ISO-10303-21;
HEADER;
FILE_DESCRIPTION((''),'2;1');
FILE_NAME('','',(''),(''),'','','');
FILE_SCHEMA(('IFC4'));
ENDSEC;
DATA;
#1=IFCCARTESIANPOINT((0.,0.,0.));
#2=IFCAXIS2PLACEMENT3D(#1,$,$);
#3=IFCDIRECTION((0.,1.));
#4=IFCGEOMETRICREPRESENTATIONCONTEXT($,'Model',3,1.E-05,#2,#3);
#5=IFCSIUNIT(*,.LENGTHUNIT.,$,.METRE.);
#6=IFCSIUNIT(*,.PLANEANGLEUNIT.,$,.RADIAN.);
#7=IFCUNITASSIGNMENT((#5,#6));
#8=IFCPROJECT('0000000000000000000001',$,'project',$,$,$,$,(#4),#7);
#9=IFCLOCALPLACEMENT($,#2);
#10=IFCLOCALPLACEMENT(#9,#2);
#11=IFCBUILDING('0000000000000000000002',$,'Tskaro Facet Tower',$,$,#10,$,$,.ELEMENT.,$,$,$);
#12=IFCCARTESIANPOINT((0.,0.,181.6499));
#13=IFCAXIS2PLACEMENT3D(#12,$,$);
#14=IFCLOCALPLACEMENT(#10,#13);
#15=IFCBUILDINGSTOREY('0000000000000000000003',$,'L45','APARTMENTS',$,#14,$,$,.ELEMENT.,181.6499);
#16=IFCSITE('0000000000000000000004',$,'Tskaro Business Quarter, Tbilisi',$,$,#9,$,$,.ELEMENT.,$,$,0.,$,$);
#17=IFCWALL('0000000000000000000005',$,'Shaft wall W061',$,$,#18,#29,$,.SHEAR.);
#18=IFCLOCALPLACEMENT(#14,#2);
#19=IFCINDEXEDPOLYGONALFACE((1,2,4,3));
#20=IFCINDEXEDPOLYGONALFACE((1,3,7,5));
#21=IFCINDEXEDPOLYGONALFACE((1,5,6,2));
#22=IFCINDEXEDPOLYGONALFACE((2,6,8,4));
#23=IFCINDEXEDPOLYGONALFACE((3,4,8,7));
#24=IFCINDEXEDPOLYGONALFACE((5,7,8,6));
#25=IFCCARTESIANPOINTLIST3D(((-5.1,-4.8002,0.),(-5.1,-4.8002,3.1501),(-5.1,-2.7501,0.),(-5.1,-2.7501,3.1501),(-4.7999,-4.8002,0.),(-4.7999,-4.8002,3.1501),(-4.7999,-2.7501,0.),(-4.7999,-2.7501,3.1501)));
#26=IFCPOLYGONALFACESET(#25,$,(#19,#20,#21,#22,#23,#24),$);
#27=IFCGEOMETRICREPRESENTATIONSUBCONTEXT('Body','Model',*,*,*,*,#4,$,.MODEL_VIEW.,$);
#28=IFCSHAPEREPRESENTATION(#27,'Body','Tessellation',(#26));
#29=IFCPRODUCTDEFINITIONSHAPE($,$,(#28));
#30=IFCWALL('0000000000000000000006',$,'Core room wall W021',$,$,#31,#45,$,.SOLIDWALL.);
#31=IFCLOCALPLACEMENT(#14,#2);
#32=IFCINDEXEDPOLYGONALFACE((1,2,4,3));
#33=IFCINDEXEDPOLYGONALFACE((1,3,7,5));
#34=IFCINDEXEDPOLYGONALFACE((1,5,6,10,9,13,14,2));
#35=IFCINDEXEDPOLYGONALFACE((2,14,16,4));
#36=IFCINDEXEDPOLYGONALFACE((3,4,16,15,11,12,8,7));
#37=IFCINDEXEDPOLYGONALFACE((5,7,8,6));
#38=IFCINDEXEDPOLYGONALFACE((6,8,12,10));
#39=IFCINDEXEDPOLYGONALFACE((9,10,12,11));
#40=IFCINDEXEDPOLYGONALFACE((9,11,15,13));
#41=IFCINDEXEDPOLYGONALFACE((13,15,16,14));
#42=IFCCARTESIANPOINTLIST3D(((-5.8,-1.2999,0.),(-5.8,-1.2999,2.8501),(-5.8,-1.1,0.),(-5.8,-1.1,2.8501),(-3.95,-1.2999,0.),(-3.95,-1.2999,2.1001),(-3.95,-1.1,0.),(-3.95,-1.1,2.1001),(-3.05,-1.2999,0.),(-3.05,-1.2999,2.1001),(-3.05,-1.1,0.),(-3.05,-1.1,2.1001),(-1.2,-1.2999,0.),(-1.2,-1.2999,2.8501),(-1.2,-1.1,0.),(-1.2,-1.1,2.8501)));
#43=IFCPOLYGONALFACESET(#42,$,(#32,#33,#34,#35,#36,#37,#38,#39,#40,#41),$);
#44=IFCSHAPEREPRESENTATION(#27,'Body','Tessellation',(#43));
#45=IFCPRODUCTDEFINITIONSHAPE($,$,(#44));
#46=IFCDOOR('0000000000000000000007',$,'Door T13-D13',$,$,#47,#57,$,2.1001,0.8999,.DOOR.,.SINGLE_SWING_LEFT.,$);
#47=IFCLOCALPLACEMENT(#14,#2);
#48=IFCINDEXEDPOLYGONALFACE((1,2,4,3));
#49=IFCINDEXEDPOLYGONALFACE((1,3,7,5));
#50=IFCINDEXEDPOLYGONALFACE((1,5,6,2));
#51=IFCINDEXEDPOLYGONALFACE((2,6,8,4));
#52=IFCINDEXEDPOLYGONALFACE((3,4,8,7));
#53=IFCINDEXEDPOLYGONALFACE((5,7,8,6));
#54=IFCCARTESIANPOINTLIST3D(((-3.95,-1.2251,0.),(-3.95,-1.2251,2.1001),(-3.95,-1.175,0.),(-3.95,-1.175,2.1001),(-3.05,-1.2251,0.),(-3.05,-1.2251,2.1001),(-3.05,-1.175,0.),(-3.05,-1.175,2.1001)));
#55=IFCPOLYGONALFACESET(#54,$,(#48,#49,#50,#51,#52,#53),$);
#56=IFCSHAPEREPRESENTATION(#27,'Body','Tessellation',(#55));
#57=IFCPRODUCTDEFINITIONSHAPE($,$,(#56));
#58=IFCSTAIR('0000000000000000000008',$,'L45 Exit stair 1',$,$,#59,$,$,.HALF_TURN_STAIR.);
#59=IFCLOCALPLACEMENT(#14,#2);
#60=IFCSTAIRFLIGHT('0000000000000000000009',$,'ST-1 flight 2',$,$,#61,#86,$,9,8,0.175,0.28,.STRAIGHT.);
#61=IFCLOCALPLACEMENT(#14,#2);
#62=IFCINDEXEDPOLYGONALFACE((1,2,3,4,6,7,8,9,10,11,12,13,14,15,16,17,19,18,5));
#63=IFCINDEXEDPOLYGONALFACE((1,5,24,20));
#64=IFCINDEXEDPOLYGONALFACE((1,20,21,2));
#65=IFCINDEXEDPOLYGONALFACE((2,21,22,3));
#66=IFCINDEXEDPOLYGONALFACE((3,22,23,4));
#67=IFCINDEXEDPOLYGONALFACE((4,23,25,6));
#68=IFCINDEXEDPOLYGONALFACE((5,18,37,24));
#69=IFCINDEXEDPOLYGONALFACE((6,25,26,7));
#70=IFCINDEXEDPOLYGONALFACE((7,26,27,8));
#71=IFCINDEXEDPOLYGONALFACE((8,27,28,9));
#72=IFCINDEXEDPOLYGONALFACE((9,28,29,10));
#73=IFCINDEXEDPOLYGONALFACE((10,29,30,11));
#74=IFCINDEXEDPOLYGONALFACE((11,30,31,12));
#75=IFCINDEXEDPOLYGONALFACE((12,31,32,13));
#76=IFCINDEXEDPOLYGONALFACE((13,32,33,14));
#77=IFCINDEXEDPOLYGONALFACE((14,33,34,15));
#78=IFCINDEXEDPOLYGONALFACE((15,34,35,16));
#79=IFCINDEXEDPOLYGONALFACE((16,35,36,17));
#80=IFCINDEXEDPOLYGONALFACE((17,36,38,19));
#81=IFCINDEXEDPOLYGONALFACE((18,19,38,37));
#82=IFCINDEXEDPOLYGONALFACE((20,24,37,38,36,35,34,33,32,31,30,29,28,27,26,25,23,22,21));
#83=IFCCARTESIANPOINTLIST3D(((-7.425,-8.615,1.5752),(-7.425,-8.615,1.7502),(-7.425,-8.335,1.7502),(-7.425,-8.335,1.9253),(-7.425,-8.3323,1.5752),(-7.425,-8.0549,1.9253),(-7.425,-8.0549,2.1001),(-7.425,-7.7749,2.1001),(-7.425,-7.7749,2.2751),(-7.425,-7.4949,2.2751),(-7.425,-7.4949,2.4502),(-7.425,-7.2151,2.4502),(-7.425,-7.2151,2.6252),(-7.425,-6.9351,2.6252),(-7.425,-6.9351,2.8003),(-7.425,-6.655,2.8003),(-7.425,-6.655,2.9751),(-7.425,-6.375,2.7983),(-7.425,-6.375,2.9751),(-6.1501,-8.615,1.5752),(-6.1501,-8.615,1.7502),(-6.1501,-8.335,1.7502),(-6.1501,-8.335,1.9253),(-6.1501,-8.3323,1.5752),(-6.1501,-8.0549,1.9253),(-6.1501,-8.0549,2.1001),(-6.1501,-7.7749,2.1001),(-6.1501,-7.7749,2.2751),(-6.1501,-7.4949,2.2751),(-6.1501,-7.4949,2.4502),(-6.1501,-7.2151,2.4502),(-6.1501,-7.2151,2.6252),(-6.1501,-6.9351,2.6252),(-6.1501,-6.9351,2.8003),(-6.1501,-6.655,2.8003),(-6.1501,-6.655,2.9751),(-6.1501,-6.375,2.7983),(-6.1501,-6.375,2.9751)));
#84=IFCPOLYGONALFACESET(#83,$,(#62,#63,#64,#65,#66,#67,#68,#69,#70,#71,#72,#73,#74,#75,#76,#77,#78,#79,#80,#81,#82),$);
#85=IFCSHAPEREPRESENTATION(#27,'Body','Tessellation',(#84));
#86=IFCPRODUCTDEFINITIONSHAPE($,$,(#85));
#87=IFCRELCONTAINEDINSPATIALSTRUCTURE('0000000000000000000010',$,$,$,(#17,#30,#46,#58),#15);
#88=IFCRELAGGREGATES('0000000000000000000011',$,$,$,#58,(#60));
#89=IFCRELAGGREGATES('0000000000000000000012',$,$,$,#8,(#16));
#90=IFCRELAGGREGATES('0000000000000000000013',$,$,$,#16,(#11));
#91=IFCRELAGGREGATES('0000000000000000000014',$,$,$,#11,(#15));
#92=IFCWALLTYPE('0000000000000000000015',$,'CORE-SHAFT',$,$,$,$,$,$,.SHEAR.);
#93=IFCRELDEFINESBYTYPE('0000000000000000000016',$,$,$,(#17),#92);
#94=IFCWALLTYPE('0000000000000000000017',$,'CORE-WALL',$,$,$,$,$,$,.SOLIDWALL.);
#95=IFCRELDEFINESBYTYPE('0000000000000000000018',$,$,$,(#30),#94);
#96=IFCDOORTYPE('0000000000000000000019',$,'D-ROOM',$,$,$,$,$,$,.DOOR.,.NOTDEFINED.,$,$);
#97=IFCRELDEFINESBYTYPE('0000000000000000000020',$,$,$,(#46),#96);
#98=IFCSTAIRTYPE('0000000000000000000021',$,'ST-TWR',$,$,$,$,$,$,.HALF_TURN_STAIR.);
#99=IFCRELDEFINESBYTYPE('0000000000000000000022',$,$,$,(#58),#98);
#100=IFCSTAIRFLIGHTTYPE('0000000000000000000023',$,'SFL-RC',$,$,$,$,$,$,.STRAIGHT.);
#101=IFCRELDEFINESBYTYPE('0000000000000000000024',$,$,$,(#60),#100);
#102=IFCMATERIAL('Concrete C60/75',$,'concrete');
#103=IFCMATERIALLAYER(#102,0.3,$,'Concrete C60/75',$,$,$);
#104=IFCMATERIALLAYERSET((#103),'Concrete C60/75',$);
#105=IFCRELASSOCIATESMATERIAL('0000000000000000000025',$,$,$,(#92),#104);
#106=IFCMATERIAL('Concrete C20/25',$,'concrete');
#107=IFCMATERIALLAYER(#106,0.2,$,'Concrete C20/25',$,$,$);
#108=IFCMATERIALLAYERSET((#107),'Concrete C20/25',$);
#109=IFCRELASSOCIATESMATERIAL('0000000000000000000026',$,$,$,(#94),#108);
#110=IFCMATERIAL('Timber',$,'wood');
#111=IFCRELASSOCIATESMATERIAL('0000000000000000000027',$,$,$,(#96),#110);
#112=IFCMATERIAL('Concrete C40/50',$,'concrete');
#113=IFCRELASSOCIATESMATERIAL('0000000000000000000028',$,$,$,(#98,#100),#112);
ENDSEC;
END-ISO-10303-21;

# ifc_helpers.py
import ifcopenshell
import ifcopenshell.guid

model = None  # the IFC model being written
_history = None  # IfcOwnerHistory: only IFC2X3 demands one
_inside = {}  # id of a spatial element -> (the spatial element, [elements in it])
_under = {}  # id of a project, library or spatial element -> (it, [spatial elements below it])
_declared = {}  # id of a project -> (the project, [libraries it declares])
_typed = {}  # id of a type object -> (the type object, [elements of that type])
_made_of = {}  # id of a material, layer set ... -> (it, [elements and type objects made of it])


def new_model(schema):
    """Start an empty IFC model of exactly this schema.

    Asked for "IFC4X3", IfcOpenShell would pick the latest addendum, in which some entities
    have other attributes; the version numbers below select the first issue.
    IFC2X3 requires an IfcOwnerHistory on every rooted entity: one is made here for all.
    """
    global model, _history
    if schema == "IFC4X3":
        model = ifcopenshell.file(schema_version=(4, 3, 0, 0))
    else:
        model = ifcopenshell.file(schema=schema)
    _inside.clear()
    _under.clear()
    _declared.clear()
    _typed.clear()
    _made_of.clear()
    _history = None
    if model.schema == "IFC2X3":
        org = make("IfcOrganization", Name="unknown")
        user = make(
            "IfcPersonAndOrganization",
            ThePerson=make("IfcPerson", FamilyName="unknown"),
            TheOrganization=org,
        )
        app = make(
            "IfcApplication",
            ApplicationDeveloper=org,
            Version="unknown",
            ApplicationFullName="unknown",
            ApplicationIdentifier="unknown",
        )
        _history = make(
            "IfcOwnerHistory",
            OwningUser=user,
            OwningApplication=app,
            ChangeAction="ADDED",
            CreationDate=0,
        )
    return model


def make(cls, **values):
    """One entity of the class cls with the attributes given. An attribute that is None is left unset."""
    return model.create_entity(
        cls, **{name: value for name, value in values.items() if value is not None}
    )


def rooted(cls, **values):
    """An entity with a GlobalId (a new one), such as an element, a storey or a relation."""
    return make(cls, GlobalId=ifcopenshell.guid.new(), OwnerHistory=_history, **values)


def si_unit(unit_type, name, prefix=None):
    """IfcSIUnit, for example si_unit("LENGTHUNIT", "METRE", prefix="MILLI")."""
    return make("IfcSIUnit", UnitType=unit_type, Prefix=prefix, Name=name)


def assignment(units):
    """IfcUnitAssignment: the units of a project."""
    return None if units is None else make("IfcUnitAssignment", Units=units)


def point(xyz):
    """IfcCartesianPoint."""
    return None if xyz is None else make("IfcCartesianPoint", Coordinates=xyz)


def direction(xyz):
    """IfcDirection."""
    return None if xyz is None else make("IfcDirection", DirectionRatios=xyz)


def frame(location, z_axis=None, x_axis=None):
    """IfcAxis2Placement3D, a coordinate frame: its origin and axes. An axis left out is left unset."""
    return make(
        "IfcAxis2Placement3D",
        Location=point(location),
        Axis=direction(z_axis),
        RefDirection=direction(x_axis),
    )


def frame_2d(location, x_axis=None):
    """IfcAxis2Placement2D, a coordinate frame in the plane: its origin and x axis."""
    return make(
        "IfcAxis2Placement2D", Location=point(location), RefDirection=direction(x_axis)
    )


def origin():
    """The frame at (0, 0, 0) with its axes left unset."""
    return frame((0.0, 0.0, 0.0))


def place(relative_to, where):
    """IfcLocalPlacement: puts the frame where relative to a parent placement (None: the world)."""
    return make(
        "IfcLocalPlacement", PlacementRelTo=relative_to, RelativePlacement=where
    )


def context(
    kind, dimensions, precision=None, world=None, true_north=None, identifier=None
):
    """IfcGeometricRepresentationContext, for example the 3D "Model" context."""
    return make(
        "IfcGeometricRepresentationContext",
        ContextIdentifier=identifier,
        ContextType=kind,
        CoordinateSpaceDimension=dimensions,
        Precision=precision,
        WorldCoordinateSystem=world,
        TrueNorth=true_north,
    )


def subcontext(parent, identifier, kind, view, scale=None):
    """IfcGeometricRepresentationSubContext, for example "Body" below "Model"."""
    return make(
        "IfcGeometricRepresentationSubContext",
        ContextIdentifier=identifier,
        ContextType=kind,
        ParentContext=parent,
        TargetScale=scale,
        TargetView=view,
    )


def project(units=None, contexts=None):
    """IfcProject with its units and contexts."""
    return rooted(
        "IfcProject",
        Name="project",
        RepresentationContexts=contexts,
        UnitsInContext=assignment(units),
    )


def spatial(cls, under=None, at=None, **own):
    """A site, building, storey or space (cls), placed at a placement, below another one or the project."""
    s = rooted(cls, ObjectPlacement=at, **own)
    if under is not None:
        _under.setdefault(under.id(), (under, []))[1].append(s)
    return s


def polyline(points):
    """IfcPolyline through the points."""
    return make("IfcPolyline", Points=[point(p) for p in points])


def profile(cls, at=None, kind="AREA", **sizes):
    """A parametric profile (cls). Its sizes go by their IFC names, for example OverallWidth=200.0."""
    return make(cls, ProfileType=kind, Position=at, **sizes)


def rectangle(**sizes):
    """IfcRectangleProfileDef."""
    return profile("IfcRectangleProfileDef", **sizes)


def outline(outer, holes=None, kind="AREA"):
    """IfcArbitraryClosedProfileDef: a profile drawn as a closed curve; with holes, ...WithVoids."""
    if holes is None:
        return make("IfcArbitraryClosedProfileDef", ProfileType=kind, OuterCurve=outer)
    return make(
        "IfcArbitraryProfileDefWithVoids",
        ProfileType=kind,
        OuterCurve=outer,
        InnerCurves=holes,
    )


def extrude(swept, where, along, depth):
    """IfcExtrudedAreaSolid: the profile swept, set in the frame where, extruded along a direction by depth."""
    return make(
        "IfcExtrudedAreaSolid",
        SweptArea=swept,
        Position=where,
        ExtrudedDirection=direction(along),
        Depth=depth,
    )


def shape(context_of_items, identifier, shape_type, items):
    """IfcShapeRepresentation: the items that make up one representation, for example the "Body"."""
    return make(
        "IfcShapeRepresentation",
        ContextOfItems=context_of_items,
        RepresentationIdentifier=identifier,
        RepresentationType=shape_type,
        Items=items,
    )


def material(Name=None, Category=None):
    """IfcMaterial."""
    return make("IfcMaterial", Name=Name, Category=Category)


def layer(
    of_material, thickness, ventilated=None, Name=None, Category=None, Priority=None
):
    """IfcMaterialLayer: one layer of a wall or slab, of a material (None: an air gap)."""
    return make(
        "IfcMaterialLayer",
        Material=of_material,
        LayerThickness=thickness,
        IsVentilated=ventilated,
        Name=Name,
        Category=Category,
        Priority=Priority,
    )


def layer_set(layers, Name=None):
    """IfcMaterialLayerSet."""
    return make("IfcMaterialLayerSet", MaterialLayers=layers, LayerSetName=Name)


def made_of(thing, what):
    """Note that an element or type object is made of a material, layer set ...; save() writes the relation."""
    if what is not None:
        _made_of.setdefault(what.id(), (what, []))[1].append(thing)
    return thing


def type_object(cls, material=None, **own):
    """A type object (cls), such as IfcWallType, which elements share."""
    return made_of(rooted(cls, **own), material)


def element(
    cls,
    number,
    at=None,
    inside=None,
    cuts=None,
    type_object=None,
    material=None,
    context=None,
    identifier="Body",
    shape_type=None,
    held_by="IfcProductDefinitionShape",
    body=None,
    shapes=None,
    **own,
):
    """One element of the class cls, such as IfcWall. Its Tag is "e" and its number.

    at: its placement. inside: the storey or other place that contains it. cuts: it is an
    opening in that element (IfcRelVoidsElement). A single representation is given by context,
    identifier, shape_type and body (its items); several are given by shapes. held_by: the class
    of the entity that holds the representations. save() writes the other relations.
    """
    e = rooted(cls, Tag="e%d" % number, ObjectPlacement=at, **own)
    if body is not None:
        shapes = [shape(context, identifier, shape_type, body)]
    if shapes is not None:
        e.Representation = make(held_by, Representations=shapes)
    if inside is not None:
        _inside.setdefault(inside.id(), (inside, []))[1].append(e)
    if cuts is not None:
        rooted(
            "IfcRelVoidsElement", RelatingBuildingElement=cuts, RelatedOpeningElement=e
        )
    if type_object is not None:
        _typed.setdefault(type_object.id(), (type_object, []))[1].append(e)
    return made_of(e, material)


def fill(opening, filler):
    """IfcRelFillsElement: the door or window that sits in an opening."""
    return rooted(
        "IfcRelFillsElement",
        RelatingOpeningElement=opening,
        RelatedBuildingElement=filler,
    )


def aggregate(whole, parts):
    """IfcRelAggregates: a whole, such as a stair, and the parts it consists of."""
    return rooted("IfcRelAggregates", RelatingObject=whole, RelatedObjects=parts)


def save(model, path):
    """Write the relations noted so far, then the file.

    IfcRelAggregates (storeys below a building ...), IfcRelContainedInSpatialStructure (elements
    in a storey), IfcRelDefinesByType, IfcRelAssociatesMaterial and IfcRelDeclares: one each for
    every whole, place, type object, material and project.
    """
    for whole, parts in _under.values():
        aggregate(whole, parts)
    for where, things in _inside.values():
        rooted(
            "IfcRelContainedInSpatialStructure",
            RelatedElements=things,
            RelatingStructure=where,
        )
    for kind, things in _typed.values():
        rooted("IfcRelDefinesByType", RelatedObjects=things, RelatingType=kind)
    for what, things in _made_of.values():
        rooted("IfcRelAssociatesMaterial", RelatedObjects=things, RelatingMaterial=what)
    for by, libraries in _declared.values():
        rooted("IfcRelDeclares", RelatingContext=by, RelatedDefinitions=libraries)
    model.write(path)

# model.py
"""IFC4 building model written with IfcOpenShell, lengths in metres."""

from ifc_helpers import new_model, si_unit, direction, frame, frame_2d, origin, place, context, subcontext, project, spatial, polyline, rectangle, outline, extrude, material, layer, layer_set, type_object, element, fill, aggregate, save


model = new_model("IFC4")

# Units and contexts
model_context = context("Model", 3, precision=1e-05, world=origin(), true_north=direction((0.0, 1.0)))
body_context = subcontext(model_context, "Body", "Model", "MODEL_VIEW")
ifc_project = project(units=[si_unit("LENGTHUNIT", "METRE"), si_unit("PLANEANGLEUNIT", "RADIAN")], contexts=[model_context])

# Site, building, storey
site_placement = place(None, origin())
site = spatial("IfcSite", under=ifc_project, at=site_placement, Name="Tskaro Business Quarter, Tbilisi", CompositionType="ELEMENT", RefElevation=0.0)
building_placement = place(site_placement, origin())
building = spatial("IfcBuilding", under=site, at=building_placement, Name="Tskaro Facet Tower", CompositionType="ELEMENT")
storey_placement = place(building_placement, frame((0.0, 0.0, 181.6499)))
storey = spatial("IfcBuildingStorey", under=building, at=storey_placement, Name="L45", Description="APARTMENTS", CompositionType="ELEMENT", Elevation=181.6499)

# Shared definitions
ifc_material_1 = material(Name="Concrete C60/75", Category="concrete")
ifc_layer_1 = layer(ifc_material_1, 0.3, Name="Concrete C60/75")
ifc_layer_set_1 = layer_set([ifc_layer_1], Name="Concrete C60/75")
wall_type_1 = type_object("IfcWallType", Name="CORE-SHAFT", PredefinedType="SHEAR", material=ifc_layer_set_1)

# Wall
wall_1_placement = place(storey_placement, frame((-4.95, -4.8, 0.0), z_axis=(0.0, 0.0, 1.0), x_axis=(0.0, 1.0, 0.0)))
element("IfcWall", 1, at=wall_1_placement, inside=storey, type_object=wall_type_1, Name="Shaft wall W061", PredefinedType="SHEAR", context=body_context, shape_type="SweptSolid", body=[
    extrude(rectangle(XDim=2.05, YDim=0.3, at=frame_2d((1.0249, 0.0))), origin(), (0.0, 0.0, 1.0), 3.1501),
])

# Wall, opening, door
ifc_material_2 = material(Name="Concrete C20/25", Category="concrete")
ifc_layer_2 = layer(ifc_material_2, 0.2, Name="Concrete C20/25")
ifc_layer_set_2 = layer_set([ifc_layer_2], Name="Concrete C20/25")
wall_type_2 = type_object("IfcWallType", Name="CORE-WALL", PredefinedType="SOLIDWALL", material=ifc_layer_set_2)
wall_2_placement = place(storey_placement, frame((-5.8, -1.2, 0.0), z_axis=(0.0, 0.0, 1.0), x_axis=(1.0, 0.0, 0.0)))
wall_2 = element("IfcWall", 2, at=wall_2_placement, inside=storey, type_object=wall_type_2, Name="Core room wall W021", PredefinedType="SOLIDWALL", context=body_context, shape_type="SweptSolid", body=[
    extrude(rectangle(XDim=4.6001, YDim=0.2, at=frame_2d((2.3, 0.0))), origin(), (0.0, 0.0, 1.0), 2.8501),
])
opening_1_placement = place(wall_2_placement, frame((1.8501, 0.0, 0.0)))
opening_1 = element("IfcOpeningElement", 3, at=opening_1_placement, cuts=wall_2, PredefinedType="OPENING", context=body_context, shape_type="SweptSolid", body=[
    extrude(rectangle(XDim=0.8999, YDim=2.1001, at=frame_2d((0.45, 1.05))), frame((0.0, 0.1099, 0.0), z_axis=(0.0, -1.0, 0.0), x_axis=(1.0, 0.0, 0.0)), (0.0, 0.0, 1.0), 0.22),
])
ifc_material_3 = material(Name="Timber", Category="wood")
door_type_1 = type_object("IfcDoorType", Name="D-ROOM", OperationType="NOTDEFINED", PredefinedType="DOOR", material=ifc_material_3)
door_1_placement = place(opening_1_placement, origin())
door_1 = element("IfcDoor", 4, at=door_1_placement, inside=storey, type_object=door_type_1, Name="Door T13-D13", OperationType="SINGLE_SWING_LEFT", OverallHeight=2.1001, OverallWidth=0.8999, PredefinedType="DOOR", context=body_context, shape_type="SweptSolid", body=[
    extrude(rectangle(XDim=0.8999, YDim=2.1001, at=frame_2d((0.45, 1.05))), frame((0.0, 0.0249, 0.0), z_axis=(0.0, -1.0, 0.0), x_axis=(1.0, 0.0, 0.0)), (0.0, 0.0, 1.0), 0.05),
])
fill(opening_1, door_1)

# Stair, stair flight
ifc_material_4 = material(Name="Concrete C40/50", Category="concrete")
stair_type = type_object("IfcStairType", Name="ST-TWR", PredefinedType="HALF_TURN_STAIR", material=ifc_material_4)
stair_placement = place(storey_placement, origin())
stair = element("IfcStair", 5, at=stair_placement, inside=storey, type_object=stair_type, Name="L45 Exit stair 1", PredefinedType="HALF_TURN_STAIR")
stair_flight_type = type_object("IfcStairFlightType", Name="SFL-RC", PredefinedType="STRAIGHT", material=ifc_material_4)
stair_flight_placement = place(storey_placement, frame((-6.7876, -8.615, 1.5752), z_axis=(0.0, 0.0, 1.0), x_axis=(0.0, 1.0, 0.0)))
stair_flight = element("IfcStairFlight", 6, at=stair_flight_placement, type_object=stair_flight_type, Name="ST-1 flight 2", NumberOfRisers=9, NumberOfTreads=8, PredefinedType="STRAIGHT", RiserHeight=0.175, TreadLength=0.28, context=body_context, shape_type="SweptSolid", body=[
    extrude(outline(polyline([(0.0, 0.0), (0.0, 0.175), (0.28, 0.175), (0.28, 0.3501), (0.5601, 0.3501), (0.5601, 0.5249), (0.8401, 0.5249), (0.8401, 0.7), (1.1201, 0.7), (1.1201, 0.875), (1.3999, 0.875), (1.3999, 1.05), (1.6799, 1.05), (1.6799, 1.2251), (1.96, 1.2251), (1.96, 1.3999), (2.24, 1.3999), (2.24, 1.575), (2.24, 1.2231), (0.2827, 0.0), (0.0, 0.0)])), frame((0.0, 0.6375, 0.0), z_axis=(0.0, -1.0, 0.0), x_axis=(1.0, 0.0, 0.0)), (0.0, 0.0, 1.0), 1.2749),
])
aggregate(stair, [stair_flight])

save(model, "model.ifc")
